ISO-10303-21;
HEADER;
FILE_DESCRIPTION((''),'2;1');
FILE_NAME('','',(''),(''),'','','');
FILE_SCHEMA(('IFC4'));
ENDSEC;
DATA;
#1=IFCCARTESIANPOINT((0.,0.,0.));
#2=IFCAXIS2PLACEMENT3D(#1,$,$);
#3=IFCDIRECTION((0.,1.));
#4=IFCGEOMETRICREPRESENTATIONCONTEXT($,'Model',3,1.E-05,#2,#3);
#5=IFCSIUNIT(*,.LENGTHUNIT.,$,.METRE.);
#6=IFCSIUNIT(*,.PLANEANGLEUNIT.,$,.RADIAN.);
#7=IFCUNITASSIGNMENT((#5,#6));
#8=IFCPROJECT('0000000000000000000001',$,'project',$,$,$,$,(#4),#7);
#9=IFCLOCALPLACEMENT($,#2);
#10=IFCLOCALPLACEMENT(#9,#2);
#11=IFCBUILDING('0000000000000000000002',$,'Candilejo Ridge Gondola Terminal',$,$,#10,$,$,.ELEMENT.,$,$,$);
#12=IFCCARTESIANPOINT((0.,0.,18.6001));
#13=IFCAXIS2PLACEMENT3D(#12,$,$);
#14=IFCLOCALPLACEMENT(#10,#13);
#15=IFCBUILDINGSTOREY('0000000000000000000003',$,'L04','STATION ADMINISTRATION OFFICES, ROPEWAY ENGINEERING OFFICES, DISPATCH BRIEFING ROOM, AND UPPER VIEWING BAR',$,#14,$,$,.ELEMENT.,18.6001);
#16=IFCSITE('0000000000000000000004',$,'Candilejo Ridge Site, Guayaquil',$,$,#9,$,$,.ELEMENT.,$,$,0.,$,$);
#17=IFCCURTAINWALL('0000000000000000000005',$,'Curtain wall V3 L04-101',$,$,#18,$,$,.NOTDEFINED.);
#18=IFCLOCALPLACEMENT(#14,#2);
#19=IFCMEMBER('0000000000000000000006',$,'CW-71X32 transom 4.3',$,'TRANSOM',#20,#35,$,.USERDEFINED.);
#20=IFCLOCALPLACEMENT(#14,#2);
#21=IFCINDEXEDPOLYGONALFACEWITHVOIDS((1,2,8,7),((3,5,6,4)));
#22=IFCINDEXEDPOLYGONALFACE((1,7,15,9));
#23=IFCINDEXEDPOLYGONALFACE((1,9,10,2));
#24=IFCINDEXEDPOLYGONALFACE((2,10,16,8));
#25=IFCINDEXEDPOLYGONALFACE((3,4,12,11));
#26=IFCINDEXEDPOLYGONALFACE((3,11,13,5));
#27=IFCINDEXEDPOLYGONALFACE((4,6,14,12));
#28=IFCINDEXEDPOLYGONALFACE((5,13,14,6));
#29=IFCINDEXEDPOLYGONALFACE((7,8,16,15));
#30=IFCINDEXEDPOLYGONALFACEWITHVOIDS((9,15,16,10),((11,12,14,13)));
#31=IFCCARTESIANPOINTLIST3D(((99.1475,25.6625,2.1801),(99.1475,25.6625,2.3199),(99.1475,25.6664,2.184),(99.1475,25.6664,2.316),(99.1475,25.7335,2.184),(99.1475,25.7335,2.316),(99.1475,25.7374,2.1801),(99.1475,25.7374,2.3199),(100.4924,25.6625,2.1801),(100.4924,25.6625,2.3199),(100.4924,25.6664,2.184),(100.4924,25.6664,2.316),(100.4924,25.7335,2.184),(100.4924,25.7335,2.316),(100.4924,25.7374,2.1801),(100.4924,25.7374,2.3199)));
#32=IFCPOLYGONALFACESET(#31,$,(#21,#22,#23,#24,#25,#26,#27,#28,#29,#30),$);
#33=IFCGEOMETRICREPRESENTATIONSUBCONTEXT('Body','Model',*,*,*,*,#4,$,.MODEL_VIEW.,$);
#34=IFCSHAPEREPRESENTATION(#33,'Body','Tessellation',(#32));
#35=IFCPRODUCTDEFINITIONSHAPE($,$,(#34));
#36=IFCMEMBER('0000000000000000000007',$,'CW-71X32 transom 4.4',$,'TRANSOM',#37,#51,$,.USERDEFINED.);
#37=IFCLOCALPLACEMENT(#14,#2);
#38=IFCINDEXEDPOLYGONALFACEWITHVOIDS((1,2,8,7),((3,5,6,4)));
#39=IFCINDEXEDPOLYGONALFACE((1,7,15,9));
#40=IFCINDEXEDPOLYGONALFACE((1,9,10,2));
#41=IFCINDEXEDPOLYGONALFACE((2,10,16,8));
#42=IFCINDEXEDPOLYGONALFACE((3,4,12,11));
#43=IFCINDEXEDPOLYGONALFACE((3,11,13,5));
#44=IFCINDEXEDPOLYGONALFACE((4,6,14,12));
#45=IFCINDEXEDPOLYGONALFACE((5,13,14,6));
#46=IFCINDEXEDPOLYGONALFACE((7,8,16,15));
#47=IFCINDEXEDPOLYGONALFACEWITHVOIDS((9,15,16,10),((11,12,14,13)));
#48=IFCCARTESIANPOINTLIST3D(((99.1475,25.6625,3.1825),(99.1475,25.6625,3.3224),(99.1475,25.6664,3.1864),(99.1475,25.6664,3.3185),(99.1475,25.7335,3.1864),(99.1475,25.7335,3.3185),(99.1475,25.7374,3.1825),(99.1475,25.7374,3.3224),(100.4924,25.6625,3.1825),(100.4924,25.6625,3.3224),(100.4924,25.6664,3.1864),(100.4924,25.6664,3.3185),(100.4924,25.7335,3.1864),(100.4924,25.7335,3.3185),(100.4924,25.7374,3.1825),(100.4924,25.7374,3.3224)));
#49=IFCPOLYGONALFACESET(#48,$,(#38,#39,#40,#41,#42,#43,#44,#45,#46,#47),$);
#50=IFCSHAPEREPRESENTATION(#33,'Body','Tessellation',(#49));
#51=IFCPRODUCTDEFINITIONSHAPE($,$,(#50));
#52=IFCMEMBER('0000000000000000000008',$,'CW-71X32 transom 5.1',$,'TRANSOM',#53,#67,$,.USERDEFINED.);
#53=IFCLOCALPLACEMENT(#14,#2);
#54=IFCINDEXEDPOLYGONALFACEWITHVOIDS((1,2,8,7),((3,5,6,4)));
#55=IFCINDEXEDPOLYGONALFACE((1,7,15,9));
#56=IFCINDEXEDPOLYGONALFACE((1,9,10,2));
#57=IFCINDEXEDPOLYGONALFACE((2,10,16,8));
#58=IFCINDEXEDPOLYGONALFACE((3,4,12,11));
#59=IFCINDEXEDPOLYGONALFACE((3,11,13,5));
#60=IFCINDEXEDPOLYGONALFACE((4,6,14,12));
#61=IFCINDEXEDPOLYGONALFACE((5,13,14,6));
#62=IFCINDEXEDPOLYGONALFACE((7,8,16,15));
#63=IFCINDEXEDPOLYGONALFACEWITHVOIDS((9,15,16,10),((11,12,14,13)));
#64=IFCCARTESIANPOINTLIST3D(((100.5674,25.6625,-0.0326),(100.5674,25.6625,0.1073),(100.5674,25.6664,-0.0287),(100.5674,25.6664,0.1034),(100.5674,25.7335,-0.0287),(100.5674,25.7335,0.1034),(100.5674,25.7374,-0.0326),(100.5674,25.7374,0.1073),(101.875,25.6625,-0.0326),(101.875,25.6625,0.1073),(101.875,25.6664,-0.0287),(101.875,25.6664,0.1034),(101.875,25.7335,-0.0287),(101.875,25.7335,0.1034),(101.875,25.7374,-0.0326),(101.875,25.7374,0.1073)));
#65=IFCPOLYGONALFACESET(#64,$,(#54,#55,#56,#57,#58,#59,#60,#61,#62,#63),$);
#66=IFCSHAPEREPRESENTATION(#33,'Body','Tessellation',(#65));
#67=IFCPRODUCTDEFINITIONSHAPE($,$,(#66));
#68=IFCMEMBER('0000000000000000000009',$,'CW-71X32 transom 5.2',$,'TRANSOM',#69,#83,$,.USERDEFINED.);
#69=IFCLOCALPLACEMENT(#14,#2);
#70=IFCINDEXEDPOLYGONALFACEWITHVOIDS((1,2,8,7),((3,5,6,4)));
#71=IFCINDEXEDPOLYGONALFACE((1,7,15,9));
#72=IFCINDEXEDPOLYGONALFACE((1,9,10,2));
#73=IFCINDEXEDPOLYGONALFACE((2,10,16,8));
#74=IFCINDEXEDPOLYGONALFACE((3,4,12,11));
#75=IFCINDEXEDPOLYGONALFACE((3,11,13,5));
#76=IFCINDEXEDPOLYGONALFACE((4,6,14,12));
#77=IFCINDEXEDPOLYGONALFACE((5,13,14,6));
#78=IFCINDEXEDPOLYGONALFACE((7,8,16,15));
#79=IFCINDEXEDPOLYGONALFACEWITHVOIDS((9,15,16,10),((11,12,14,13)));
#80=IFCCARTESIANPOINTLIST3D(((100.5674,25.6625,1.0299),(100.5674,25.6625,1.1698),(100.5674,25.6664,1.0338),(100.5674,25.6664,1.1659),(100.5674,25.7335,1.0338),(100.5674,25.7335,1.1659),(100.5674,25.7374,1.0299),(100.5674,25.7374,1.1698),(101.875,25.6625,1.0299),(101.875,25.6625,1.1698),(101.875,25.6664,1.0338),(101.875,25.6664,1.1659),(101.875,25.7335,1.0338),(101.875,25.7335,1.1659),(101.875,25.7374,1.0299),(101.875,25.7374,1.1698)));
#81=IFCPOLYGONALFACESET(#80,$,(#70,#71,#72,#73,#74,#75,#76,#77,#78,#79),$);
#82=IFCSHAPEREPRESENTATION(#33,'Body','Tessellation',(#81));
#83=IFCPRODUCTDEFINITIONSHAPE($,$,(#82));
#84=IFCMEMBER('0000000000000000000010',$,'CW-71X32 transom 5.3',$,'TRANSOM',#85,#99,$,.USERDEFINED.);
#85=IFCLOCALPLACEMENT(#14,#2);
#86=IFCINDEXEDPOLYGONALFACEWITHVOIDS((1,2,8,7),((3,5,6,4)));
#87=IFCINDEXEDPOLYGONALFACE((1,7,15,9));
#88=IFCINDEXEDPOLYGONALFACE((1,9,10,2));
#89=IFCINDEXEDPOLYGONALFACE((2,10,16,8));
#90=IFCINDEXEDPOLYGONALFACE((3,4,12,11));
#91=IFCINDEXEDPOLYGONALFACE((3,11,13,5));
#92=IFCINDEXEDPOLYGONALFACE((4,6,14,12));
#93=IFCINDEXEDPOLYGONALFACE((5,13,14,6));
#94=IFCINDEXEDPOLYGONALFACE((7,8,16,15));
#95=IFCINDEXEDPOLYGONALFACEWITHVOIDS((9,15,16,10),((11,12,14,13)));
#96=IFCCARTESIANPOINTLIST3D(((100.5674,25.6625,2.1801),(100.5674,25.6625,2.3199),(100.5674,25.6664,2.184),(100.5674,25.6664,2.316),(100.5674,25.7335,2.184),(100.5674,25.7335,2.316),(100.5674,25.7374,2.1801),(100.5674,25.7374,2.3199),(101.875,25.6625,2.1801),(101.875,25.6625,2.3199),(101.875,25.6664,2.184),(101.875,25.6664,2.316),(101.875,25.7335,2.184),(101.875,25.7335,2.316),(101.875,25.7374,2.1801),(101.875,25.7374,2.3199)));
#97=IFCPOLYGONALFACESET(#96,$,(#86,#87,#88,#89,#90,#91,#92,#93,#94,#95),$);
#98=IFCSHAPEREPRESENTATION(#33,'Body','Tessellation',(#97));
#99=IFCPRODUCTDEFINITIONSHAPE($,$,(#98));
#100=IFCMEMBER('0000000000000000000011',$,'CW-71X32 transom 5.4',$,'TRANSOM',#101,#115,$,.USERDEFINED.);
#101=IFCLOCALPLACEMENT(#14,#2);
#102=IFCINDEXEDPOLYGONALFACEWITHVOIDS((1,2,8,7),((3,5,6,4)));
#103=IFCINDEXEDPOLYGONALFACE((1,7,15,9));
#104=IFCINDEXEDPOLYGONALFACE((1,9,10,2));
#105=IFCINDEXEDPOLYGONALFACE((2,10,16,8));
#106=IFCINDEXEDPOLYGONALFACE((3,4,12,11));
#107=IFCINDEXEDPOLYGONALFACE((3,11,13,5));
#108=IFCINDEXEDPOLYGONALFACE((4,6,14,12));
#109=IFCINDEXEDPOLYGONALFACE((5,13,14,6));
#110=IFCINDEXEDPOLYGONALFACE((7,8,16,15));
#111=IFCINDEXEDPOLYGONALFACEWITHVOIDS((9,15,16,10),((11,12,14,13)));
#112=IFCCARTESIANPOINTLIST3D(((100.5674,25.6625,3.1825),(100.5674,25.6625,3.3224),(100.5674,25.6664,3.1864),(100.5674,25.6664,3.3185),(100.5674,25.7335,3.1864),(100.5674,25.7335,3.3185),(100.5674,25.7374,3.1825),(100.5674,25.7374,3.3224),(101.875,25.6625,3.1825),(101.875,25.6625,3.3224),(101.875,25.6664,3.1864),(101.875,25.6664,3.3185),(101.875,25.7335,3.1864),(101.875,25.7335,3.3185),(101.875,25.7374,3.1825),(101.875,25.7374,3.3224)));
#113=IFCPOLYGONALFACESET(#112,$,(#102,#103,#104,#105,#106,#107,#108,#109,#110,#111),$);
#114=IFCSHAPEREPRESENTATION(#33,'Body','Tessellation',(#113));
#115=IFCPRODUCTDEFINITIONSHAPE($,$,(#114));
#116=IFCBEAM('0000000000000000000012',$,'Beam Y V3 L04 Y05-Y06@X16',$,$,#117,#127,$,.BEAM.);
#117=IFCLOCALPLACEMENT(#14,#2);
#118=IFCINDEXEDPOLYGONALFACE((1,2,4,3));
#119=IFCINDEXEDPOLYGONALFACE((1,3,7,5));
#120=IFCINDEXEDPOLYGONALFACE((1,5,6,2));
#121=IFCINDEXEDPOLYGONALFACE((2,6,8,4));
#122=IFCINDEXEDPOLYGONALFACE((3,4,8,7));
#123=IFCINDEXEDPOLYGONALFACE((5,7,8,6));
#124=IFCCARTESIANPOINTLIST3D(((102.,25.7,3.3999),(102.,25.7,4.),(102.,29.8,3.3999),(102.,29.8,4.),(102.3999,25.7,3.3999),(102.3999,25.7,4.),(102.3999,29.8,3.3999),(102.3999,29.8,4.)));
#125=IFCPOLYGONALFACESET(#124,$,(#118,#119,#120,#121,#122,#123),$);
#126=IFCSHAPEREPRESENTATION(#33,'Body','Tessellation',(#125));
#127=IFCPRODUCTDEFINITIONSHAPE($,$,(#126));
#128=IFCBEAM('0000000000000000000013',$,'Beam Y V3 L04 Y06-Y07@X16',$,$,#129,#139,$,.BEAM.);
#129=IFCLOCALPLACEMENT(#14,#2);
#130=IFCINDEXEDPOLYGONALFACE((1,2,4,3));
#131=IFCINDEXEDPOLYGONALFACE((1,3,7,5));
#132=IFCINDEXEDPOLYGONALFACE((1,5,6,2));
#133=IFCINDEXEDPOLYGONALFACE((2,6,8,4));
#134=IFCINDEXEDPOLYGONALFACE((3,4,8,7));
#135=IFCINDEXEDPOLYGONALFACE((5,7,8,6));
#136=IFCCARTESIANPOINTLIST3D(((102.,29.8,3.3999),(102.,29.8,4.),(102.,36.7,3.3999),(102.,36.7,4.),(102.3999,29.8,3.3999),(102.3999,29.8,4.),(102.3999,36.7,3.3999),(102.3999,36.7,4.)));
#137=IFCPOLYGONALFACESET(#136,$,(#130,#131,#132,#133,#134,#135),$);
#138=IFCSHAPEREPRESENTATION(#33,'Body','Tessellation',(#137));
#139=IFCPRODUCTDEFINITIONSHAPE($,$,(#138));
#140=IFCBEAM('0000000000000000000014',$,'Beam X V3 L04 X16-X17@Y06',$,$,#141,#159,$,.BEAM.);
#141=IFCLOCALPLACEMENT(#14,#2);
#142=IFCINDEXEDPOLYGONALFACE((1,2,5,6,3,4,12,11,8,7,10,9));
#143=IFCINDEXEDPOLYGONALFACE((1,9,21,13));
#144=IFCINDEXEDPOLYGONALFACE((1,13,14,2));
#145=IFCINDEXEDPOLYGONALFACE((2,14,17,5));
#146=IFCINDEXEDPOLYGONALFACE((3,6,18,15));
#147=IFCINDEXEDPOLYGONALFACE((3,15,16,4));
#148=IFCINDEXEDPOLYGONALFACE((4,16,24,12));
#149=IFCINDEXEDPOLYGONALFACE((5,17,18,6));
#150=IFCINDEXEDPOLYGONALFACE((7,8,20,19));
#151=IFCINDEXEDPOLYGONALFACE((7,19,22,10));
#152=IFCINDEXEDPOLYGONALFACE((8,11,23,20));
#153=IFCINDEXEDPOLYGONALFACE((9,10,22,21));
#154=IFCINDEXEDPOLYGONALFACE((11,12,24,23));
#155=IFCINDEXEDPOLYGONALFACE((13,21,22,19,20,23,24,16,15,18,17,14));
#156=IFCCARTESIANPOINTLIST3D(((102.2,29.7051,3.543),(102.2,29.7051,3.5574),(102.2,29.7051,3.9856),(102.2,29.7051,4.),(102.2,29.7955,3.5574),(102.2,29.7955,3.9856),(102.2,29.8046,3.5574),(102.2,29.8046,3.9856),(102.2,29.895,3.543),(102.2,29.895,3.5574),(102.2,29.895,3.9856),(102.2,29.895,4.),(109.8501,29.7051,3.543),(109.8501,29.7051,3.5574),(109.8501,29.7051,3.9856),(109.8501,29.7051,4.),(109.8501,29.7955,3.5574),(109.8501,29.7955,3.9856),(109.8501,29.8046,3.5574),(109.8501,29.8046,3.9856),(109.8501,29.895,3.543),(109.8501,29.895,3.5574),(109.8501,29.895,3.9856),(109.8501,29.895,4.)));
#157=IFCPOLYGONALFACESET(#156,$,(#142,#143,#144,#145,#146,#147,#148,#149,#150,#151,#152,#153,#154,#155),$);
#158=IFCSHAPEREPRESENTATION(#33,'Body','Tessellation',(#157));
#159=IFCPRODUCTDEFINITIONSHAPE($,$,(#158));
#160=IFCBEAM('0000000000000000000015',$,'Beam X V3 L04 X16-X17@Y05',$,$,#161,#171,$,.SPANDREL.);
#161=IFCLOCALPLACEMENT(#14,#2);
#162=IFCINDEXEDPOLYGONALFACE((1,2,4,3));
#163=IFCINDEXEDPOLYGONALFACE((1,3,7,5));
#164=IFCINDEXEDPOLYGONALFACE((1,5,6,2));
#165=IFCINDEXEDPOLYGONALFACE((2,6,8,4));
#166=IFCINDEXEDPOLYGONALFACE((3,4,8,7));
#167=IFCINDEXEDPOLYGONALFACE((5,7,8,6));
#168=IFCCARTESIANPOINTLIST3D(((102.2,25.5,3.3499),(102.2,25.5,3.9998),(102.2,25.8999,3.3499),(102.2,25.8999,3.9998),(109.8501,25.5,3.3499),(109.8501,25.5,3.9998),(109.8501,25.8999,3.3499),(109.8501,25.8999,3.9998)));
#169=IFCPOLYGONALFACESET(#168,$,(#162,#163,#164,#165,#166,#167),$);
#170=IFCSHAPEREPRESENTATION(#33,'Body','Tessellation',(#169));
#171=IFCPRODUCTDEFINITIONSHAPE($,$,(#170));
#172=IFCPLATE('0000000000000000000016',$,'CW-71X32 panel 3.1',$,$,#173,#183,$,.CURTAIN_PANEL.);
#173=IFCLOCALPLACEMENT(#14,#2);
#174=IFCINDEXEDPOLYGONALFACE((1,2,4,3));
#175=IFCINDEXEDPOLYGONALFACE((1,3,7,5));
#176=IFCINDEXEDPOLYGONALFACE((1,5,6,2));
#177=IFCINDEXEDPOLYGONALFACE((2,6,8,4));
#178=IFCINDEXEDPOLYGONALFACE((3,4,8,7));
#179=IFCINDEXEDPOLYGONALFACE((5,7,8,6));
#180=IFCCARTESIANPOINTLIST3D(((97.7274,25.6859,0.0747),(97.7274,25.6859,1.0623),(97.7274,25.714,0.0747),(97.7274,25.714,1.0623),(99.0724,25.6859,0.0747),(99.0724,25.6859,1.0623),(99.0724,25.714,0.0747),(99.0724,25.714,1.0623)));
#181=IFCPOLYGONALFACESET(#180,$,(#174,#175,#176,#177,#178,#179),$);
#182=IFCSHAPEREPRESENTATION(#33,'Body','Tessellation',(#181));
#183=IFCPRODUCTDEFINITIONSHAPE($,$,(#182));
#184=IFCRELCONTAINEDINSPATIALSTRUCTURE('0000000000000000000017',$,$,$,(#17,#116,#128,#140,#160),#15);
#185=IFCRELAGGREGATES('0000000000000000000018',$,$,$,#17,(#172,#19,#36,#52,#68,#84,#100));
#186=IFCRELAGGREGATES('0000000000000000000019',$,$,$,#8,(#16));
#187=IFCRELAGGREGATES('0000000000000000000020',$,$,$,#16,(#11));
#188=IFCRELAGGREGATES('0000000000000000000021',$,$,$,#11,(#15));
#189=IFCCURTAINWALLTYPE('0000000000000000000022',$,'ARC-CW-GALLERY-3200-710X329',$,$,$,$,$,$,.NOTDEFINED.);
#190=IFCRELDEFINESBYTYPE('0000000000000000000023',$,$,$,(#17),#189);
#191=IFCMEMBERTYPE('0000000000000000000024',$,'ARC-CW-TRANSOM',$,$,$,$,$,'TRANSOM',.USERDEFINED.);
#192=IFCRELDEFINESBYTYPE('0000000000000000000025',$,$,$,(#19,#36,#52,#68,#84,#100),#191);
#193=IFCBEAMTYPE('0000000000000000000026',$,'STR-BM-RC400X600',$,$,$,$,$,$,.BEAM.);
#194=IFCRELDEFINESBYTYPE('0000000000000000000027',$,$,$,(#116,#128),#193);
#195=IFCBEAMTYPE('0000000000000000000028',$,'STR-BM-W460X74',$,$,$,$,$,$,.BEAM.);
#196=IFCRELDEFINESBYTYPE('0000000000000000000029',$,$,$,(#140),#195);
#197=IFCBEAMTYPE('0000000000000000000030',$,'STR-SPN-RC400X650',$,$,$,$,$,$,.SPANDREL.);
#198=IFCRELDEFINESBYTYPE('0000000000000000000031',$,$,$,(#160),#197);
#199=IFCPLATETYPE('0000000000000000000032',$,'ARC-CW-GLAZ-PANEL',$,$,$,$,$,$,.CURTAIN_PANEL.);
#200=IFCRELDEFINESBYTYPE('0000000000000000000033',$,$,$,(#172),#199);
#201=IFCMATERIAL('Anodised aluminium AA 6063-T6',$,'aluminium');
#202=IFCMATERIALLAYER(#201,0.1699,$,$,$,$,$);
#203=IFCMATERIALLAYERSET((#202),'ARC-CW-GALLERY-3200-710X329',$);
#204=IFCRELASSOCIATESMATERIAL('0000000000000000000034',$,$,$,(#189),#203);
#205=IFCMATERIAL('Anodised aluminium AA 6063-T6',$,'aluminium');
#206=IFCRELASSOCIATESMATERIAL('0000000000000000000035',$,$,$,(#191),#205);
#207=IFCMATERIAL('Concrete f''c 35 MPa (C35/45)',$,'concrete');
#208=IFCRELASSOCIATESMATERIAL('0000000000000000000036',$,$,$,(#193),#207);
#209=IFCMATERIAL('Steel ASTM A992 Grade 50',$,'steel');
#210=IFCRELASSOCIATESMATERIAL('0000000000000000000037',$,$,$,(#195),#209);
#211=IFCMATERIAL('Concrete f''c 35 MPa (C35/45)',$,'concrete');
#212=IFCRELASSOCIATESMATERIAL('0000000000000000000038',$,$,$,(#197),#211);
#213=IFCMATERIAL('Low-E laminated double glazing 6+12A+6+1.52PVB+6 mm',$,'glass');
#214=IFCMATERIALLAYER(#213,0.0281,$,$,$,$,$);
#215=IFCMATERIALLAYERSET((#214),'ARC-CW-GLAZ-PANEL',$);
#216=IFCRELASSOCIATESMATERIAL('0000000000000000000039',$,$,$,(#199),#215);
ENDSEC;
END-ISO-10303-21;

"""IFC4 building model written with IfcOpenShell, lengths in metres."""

from ifc_helpers import new_model, si_unit, direction, frame, origin, origin_2d, place, context, subcontext, project, spatial, rectangle, hollow_rectangle, i_section, extrude, material, layer, layer_set, material_profile, profile_set, type_object, element, aggregate, save


model = new_model("IFC4")

# Units and contexts
model_context = context("Model", 3, precision=1e-05, world=origin(), true_north=direction((0.0, 1.0)))
body_context = subcontext(model_context, "Body", "Model", "MODEL_VIEW")
ifc_project = project(units=[si_unit("LENGTHUNIT", "METRE"), si_unit("PLANEANGLEUNIT", "RADIAN")], contexts=[model_context])

# Site, building, storey
site_placement = place(None, origin())
site = spatial("IfcSite", under=ifc_project, at=site_placement, Name="Candilejo Ridge Site, Guayaquil", CompositionType="ELEMENT", RefElevation=0.0)
building_placement = place(site_placement, origin())
building = spatial("IfcBuilding", under=site, at=building_placement, Name="Candilejo Ridge Gondola Terminal", CompositionType="ELEMENT")
storey_placement = place(building_placement, frame((0.0, 0.0, 18.6001)))
storey = spatial("IfcBuildingStorey", under=building, at=storey_placement, Name="L04", Description="STATION ADMINISTRATION OFFICES, ROPEWAY ENGINEERING OFFICES, DISPATCH BRIEFING ROOM, AND UPPER VIEWING BAR", CompositionType="ELEMENT", Elevation=18.6001)

# Curtain wall
ifc_material_1 = material(Name="Anodised aluminium AA 6063-T6", Category="aluminium")
ifc_layer_1 = layer(ifc_material_1, 0.1699)
ifc_layer_set_1 = layer_set([ifc_layer_1], Name="ARC-CW-GALLERY-3200-710X329")
curtain_wall_type_1 = type_object("IfcCurtainWallType", Name="ARC-CW-GALLERY-3200-710X329", PredefinedType="NOTDEFINED", material=ifc_layer_set_1)
curtain_wall_1_placement = place(storey_placement, origin())
curtain_wall_1 = element("IfcCurtainWall", 1, at=curtain_wall_1_placement, inside=storey, type_object=curtain_wall_type_1, Name="Curtain wall V3 L04-101", PredefinedType="NOTDEFINED")

# Members
ifc_material_2 = material(Name="Anodised aluminium AA 6063-T6", Category="aluminium")
ifc_material_profile_1 = material_profile(ifc_material_2, hollow_rectangle(XDim=0.075, YDim=0.1399, WallThickness=0.0039, at=origin_2d()))
ifc_profile_set_1 = profile_set([ifc_material_profile_1], Name="Anodised aluminium AA 6063-T6")
member_type_1 = type_object("IfcMemberType", Name="ARC-CW-TRANSOM", ElementType="TRANSOM", PredefinedType="USERDEFINED", material=ifc_profile_set_1)
member_1_placement = place(storey_placement, frame((99.1475, 25.7, 2.25), z_axis=(1.0, 0.0, 0.0), x_axis=(0.0, 1.0, 0.0)))
member_1 = element("IfcMember", 2, at=member_1_placement, type_object=member_type_1, Name="CW-71X32 transom 4.3", ObjectType="TRANSOM", PredefinedType="USERDEFINED", context=body_context, shape_type="SweptSolid", body=[
    extrude(hollow_rectangle(XDim=0.075, YDim=0.1399, WallThickness=0.0039, at=origin_2d()), origin(), (0.0, 0.0, 1.0), 1.345),
])
member_2_placement = place(storey_placement, frame((99.1475, 25.7, 3.2524), z_axis=(1.0, 0.0, 0.0), x_axis=(0.0, 1.0, 0.0)))
member_2 = element("IfcMember", 3, at=member_2_placement, type_object=member_type_1, Name="CW-71X32 transom 4.4", ObjectType="TRANSOM", PredefinedType="USERDEFINED", context=body_context, shape_type="SweptSolid", body=[
    extrude(hollow_rectangle(XDim=0.075, YDim=0.1399, WallThickness=0.0039, at=origin_2d()), origin(), (0.0, 0.0, 1.0), 1.345),
])
member_3_placement = place(storey_placement, frame((100.5674, 25.7, 0.0374), z_axis=(1.0, 0.0, 0.0), x_axis=(0.0, 1.0, 0.0)))
member_3 = element("IfcMember", 4, at=member_3_placement, type_object=member_type_1, Name="CW-71X32 transom 5.1", ObjectType="TRANSOM", PredefinedType="USERDEFINED", context=body_context, shape_type="SweptSolid", body=[
    extrude(hollow_rectangle(XDim=0.075, YDim=0.1399, WallThickness=0.0039, at=origin_2d()), origin(), (0.0, 0.0, 1.0), 1.3076),
])
member_4_placement = place(storey_placement, frame((100.5674, 25.7, 1.0999), z_axis=(1.0, 0.0, 0.0), x_axis=(0.0, 1.0, 0.0)))
member_4 = element("IfcMember", 5, at=member_4_placement, type_object=member_type_1, Name="CW-71X32 transom 5.2", ObjectType="TRANSOM", PredefinedType="USERDEFINED", context=body_context, shape_type="SweptSolid", body=[
    extrude(hollow_rectangle(XDim=0.075, YDim=0.1399, WallThickness=0.0039, at=origin_2d()), origin(), (0.0, 0.0, 1.0), 1.3076),
])
member_5_placement = place(storey_placement, frame((100.5674, 25.7, 2.25), z_axis=(1.0, 0.0, 0.0), x_axis=(0.0, 1.0, 0.0)))
member_5 = element("IfcMember", 6, at=member_5_placement, type_object=member_type_1, Name="CW-71X32 transom 5.3", ObjectType="TRANSOM", PredefinedType="USERDEFINED", context=body_context, shape_type="SweptSolid", body=[
    extrude(hollow_rectangle(XDim=0.075, YDim=0.1399, WallThickness=0.0039, at=origin_2d()), origin(), (0.0, 0.0, 1.0), 1.3076),
])
member_6_placement = place(storey_placement, frame((100.5674, 25.7, 3.2524), z_axis=(1.0, 0.0, 0.0), x_axis=(0.0, 1.0, 0.0)))
member_6 = element("IfcMember", 7, at=member_6_placement, type_object=member_type_1, Name="CW-71X32 transom 5.4", ObjectType="TRANSOM", PredefinedType="USERDEFINED", context=body_context, shape_type="SweptSolid", body=[
    extrude(hollow_rectangle(XDim=0.075, YDim=0.1399, WallThickness=0.0039, at=origin_2d()), origin(), (0.0, 0.0, 1.0), 1.3076),
])

# Beams
ifc_material_3 = material(Name="Concrete f'c 35 MPa (C35/45)", Category="concrete")
ifc_material_profile_2 = material_profile(ifc_material_3, rectangle(XDim=0.3999, YDim=0.6001, at=origin_2d()))
ifc_profile_set_2 = profile_set([ifc_material_profile_2], Name="Concrete f'c 35 MPa (C35/45)")
beam_type_1 = type_object("IfcBeamType", Name="STR-BM-RC400X600", PredefinedType="BEAM", material=ifc_profile_set_2)
beam_1_placement = place(storey_placement, frame((102.2, 25.7, 3.7), z_axis=(0.0, 1.0, 0.0), x_axis=(-1.0, 0.0, 0.0)))
element("IfcBeam", 8, at=beam_1_placement, inside=storey, type_object=beam_type_1, Name="Beam Y V3 L04 Y05-Y06@X16", PredefinedType="BEAM", context=body_context, shape_type="SweptSolid", body=[
    extrude(rectangle(XDim=0.3999, YDim=0.6001, at=origin_2d()), origin(), (0.0, 0.0, 1.0), 4.1001),
])
beam_2_placement = place(storey_placement, frame((102.2, 29.8, 3.7), z_axis=(0.0, 1.0, 0.0), x_axis=(-1.0, 0.0, 0.0)))
element("IfcBeam", 9, at=beam_2_placement, inside=storey, type_object=beam_type_1, Name="Beam Y V3 L04 Y06-Y07@X16", PredefinedType="BEAM", context=body_context, shape_type="SweptSolid", body=[
    extrude(rectangle(XDim=0.3999, YDim=0.6001, at=origin_2d()), origin(), (0.0, 0.0, 1.0), 6.8999),
])
ifc_material_4 = material(Name="Steel ASTM A992 Grade 50", Category="steel")
ifc_material_profile_3 = material_profile(ifc_material_4, i_section(OverallWidth=0.1899, OverallDepth=0.457, WebThickness=0.009, FlangeThickness=0.0144, at=origin_2d()))
ifc_profile_set_3 = profile_set([ifc_material_profile_3], Name="Steel ASTM A992 Grade 50")
beam_type_2 = type_object("IfcBeamType", Name="STR-BM-W460X74", PredefinedType="BEAM", material=ifc_profile_set_3)
beam_3_placement = place(storey_placement, frame((102.2, 29.8, 3.7715), z_axis=(1.0, 0.0, 0.0), x_axis=(0.0, 1.0, 0.0)))
element("IfcBeam", 10, at=beam_3_placement, inside=storey, type_object=beam_type_2, Name="Beam X V3 L04 X16-X17@Y06", PredefinedType="BEAM", context=body_context, shape_type="SweptSolid", body=[
    extrude(i_section(OverallWidth=0.1899, OverallDepth=0.457, WebThickness=0.009, FlangeThickness=0.0144, at=origin_2d()), origin(), (0.0, 0.0, 1.0), 7.6501),
])
ifc_material_5 = material(Name="Concrete f'c 35 MPa (C35/45)", Category="concrete")
ifc_material_profile_4 = material_profile(ifc_material_5, rectangle(XDim=0.3999, YDim=0.6499, at=origin_2d()))
ifc_profile_set_4 = profile_set([ifc_material_profile_4], Name="Concrete f'c 35 MPa (C35/45)")
beam_type_3 = type_object("IfcBeamType", Name="STR-SPN-RC400X650", PredefinedType="SPANDREL", material=ifc_profile_set_4)
beam_4_placement = place(storey_placement, frame((102.2, 25.7, 3.6748), z_axis=(1.0, 0.0, 0.0), x_axis=(0.0, 1.0, 0.0)))
element("IfcBeam", 11, at=beam_4_placement, inside=storey, type_object=beam_type_3, Name="Beam X V3 L04 X16-X17@Y05", PredefinedType="SPANDREL", context=body_context, shape_type="SweptSolid", body=[
    extrude(rectangle(XDim=0.3999, YDim=0.6499, at=origin_2d()), origin(), (0.0, 0.0, 1.0), 7.6501),
])

# Plate
ifc_material_6 = material(Name="Low-E laminated double glazing 6+12A+6+1.52PVB+6 mm", Category="glass")
ifc_layer_2 = layer(ifc_material_6, 0.0281)
ifc_layer_set_2 = layer_set([ifc_layer_2], Name="ARC-CW-GLAZ-PANEL")
plate_type = type_object("IfcPlateType", Name="ARC-CW-GLAZ-PANEL", PredefinedType="CURTAIN_PANEL", material=ifc_layer_set_2)
plate_1_placement = place(storey_placement, frame((98.3999, 25.7, 0.0747), z_axis=(0.0, 0.0, 1.0), x_axis=(1.0, 0.0, 0.0)))
plate_1 = element("IfcPlate", 12, at=plate_1_placement, type_object=plate_type, Name="CW-71X32 panel 3.1", PredefinedType="CURTAIN_PANEL", context=body_context, shape_type="SweptSolid", body=[
    extrude(rectangle(XDim=1.345, YDim=0.0281, at=origin_2d()), origin(), (0.0, 0.0, 1.0), 0.9875),
])
aggregate(curtain_wall_1, [plate_1, member_1, member_2, member_3, member_4, member_5, member_6])

save(model, "model.ifc")
